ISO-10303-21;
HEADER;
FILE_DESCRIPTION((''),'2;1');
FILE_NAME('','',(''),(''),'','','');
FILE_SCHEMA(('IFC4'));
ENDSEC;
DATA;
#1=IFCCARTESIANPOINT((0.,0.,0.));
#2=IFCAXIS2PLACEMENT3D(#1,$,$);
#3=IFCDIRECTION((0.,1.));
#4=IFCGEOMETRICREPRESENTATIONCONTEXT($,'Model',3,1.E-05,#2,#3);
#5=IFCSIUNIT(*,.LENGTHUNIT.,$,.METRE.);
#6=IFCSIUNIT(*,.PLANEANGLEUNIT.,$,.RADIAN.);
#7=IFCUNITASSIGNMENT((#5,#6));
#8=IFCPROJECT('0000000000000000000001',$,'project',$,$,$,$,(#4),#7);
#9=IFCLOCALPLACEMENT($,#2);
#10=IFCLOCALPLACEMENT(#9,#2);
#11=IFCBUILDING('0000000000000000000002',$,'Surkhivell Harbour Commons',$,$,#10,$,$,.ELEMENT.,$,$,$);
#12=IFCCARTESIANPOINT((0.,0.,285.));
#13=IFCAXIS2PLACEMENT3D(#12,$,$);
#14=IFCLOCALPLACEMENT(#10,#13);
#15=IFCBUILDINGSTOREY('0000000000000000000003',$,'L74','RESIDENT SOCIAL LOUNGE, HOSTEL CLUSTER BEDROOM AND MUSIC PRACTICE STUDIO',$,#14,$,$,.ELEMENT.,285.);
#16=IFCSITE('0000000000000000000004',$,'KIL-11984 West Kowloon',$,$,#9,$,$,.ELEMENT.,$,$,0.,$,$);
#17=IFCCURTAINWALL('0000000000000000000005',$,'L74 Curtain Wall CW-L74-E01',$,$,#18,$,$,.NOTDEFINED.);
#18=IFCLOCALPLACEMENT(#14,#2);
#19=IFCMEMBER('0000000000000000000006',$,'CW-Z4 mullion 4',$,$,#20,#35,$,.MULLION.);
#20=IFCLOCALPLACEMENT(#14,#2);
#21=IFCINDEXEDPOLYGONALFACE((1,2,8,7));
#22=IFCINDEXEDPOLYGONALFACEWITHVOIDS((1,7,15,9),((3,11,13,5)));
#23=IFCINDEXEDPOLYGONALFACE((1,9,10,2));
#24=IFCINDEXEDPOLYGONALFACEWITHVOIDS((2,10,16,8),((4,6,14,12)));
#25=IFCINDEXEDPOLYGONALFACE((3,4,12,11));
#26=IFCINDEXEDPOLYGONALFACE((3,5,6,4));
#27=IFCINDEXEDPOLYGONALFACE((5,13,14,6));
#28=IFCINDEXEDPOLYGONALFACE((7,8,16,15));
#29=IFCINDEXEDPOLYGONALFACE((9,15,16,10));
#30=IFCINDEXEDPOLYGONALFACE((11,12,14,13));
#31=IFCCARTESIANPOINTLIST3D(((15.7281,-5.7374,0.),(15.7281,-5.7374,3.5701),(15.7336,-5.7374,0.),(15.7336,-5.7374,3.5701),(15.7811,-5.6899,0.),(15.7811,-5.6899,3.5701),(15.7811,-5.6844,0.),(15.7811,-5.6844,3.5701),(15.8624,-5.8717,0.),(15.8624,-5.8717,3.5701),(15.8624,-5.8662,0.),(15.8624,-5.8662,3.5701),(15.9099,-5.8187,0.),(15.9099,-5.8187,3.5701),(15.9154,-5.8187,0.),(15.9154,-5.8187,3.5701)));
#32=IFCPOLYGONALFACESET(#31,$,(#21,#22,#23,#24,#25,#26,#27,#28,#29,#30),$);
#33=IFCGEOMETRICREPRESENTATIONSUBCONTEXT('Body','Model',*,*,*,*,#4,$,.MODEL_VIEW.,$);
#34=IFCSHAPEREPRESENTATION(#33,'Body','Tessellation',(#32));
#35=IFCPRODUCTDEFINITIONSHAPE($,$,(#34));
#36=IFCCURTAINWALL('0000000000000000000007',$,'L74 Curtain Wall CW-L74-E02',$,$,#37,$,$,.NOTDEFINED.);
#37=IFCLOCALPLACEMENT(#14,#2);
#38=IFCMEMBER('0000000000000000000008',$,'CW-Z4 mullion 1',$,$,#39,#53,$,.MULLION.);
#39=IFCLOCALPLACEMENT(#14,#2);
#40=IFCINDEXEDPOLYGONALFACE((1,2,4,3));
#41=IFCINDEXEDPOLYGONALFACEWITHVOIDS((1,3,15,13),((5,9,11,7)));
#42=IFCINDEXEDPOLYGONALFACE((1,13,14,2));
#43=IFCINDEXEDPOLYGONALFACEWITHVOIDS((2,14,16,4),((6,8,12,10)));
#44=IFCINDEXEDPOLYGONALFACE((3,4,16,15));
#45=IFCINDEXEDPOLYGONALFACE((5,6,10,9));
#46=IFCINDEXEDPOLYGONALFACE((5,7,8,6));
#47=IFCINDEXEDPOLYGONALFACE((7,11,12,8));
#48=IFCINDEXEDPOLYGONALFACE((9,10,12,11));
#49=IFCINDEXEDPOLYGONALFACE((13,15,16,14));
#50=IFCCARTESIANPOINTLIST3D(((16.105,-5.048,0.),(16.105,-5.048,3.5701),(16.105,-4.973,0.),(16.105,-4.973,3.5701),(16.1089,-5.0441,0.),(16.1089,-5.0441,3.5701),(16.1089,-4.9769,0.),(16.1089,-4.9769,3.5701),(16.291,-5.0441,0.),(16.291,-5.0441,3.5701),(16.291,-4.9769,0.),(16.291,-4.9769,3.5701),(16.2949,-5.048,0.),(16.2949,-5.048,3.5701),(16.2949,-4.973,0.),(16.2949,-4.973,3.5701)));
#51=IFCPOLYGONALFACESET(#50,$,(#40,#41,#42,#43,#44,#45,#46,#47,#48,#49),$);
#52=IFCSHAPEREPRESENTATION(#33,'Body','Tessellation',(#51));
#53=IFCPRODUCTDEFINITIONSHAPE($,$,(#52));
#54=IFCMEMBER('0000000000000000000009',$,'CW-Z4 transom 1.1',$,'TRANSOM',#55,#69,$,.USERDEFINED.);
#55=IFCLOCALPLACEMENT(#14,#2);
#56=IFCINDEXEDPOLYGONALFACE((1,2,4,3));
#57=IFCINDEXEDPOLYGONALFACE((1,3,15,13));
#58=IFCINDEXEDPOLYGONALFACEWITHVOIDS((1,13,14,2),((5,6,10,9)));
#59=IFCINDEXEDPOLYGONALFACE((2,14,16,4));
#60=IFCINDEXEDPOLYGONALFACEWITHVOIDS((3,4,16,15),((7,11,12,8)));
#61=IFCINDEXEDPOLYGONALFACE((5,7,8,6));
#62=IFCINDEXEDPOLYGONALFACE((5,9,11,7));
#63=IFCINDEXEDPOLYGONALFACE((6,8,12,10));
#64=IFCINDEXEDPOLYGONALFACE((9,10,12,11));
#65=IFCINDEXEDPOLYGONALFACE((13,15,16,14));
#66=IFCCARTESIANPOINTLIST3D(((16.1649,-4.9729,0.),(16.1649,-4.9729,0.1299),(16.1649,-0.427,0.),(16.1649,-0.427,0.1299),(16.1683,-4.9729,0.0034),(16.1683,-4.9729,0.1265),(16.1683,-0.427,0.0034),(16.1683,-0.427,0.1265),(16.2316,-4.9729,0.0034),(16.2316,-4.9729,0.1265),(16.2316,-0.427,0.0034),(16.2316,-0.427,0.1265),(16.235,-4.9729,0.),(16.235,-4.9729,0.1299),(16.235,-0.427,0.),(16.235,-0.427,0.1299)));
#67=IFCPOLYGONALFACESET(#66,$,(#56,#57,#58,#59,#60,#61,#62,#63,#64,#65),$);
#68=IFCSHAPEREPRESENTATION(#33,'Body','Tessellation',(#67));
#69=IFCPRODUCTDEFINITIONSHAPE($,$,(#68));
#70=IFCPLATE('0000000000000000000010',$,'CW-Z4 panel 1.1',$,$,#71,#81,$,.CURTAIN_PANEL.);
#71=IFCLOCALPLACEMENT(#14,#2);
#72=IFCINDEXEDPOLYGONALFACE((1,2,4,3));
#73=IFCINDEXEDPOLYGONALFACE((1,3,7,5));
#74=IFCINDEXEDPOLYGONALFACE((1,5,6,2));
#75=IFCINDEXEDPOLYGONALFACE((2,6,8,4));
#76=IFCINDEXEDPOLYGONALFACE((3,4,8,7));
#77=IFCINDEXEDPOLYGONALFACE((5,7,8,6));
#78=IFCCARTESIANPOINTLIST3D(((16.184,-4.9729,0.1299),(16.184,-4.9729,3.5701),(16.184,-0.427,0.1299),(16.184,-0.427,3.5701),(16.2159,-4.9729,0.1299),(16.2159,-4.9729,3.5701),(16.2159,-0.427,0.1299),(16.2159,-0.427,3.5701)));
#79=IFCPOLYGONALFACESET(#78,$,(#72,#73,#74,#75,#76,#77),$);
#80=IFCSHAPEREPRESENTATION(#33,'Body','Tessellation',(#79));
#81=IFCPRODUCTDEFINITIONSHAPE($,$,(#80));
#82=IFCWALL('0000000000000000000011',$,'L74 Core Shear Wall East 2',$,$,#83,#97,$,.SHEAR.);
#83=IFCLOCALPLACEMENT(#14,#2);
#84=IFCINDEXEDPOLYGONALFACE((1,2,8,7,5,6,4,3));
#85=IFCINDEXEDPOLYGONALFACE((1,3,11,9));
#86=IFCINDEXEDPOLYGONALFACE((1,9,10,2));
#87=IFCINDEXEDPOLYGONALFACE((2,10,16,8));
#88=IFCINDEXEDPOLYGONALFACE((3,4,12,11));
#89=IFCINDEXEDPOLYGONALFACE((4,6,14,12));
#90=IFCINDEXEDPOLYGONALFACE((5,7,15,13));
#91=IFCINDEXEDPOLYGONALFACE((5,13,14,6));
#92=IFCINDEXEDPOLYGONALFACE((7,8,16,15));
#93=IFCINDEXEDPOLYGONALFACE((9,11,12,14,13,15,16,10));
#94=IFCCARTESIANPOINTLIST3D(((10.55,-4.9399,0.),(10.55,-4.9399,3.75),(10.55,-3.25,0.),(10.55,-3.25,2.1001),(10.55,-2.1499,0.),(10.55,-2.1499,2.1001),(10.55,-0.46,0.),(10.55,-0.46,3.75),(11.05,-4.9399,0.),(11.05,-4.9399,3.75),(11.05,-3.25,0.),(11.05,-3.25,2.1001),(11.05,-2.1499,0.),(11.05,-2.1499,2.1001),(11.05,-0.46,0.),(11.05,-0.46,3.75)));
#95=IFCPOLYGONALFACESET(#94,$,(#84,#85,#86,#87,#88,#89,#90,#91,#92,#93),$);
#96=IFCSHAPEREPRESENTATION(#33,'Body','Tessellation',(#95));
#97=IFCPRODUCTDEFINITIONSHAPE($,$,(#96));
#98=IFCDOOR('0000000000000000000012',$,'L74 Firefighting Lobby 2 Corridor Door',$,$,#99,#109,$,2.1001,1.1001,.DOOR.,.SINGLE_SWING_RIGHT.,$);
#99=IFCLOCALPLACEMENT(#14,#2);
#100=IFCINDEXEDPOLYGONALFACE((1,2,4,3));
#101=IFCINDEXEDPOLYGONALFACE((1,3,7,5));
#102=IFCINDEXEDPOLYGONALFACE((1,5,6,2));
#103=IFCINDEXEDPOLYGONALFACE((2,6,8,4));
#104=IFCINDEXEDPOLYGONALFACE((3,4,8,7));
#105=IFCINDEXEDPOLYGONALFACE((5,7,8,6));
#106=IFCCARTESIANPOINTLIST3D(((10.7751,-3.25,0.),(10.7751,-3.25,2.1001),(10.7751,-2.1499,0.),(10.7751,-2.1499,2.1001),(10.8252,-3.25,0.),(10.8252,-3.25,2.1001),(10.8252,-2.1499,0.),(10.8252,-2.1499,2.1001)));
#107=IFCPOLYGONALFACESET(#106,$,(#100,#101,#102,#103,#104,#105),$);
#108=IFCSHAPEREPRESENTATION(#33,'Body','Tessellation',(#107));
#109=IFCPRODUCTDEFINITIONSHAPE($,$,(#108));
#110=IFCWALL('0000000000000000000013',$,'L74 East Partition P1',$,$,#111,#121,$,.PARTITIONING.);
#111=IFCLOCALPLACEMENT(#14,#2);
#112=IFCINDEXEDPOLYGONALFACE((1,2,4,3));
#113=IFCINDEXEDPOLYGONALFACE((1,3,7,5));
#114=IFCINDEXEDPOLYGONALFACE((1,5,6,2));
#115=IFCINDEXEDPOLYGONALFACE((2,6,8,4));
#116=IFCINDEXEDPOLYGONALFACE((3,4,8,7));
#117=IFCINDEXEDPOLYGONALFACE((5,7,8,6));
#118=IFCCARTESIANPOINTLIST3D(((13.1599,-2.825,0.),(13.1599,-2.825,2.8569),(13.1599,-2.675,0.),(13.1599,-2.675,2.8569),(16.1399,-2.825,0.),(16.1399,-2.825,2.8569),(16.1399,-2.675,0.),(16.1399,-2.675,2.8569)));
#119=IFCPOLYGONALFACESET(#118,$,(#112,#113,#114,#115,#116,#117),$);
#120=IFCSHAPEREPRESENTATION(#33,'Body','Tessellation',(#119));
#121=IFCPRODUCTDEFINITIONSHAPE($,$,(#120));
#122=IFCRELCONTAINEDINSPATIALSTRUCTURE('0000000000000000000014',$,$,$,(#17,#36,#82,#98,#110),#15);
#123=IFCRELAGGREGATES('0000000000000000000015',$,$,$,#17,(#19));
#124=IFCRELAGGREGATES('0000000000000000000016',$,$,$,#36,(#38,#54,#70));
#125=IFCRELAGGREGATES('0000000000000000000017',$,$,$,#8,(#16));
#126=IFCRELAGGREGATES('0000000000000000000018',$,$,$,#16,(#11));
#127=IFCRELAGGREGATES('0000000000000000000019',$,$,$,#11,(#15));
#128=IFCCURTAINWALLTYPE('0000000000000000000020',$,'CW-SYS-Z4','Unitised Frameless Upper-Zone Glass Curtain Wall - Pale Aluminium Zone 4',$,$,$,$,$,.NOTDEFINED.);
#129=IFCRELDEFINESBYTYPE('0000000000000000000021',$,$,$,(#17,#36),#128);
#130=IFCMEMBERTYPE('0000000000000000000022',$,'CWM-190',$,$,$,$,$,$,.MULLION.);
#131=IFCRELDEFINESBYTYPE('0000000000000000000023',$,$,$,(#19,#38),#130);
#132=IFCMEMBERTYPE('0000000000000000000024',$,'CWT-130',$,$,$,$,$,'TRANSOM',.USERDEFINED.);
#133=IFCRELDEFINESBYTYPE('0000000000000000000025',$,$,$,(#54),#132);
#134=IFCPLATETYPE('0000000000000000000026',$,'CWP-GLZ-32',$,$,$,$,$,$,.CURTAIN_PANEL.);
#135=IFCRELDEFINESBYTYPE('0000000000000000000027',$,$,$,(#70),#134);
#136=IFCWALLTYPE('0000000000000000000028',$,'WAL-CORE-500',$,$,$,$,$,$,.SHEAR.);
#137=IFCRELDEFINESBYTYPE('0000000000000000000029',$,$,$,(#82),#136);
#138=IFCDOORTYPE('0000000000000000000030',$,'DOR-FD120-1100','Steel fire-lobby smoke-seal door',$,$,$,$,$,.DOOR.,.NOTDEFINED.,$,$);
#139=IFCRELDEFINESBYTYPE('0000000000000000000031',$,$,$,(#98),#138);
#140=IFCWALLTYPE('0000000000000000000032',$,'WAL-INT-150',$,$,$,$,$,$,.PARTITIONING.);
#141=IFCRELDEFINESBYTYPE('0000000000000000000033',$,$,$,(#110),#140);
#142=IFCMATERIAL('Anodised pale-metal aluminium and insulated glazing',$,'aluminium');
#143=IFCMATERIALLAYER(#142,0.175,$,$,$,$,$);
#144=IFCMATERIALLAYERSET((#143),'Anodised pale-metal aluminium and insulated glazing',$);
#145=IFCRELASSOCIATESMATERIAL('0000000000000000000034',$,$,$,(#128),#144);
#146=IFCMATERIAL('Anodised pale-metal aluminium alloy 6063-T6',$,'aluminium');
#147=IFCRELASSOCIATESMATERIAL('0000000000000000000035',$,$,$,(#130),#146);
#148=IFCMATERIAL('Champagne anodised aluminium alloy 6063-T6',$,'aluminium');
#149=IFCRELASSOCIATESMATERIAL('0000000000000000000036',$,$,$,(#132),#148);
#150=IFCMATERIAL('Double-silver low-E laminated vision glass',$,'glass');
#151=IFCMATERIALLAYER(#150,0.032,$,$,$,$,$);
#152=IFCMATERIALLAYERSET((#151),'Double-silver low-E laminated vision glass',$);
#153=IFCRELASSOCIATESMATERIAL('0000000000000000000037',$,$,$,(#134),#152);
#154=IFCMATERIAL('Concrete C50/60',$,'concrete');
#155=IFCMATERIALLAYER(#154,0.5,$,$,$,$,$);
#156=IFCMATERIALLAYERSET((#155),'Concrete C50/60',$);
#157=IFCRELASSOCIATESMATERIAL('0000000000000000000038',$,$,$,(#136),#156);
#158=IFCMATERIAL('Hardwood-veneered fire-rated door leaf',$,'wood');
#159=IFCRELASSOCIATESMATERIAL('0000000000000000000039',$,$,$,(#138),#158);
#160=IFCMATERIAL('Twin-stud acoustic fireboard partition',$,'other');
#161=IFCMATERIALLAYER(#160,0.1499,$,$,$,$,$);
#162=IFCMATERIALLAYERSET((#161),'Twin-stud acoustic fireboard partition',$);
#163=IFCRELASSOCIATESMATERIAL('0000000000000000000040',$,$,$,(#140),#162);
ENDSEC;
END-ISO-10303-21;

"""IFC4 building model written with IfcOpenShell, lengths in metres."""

from ifc_helpers import new_model, si_unit, direction, frame, frame_2d, origin, origin_2d, place, context, subcontext, project, spatial, rectangle, hollow_rectangle, extrude, material, layer, layer_set, material_profile, profile_set, type_object, element, fill, aggregate, save


model = new_model("IFC4")

# Units and contexts
model_context = context("Model", 3, precision=1e-05, world=origin(), true_north=direction((0.0, 1.0)))
body_context = subcontext(model_context, "Body", "Model", "MODEL_VIEW")
ifc_project = project(units=[si_unit("LENGTHUNIT", "METRE"), si_unit("PLANEANGLEUNIT", "RADIAN")], contexts=[model_context])

# Site, building, storey
site_placement = place(None, origin())
site = spatial("IfcSite", under=ifc_project, at=site_placement, Name="KIL-11984 West Kowloon", CompositionType="ELEMENT", RefElevation=0.0)
building_placement = place(site_placement, origin())
building = spatial("IfcBuilding", under=site, at=building_placement, Name="Surkhivell Harbour Commons", CompositionType="ELEMENT")
storey_placement = place(building_placement, frame((0.0, 0.0, 285.0)))
storey = spatial("IfcBuildingStorey", under=building, at=storey_placement, Name="L74", Description="RESIDENT SOCIAL LOUNGE, HOSTEL CLUSTER BEDROOM AND MUSIC PRACTICE STUDIO", CompositionType="ELEMENT", Elevation=285.0)

# Shared definitions
ifc_material_1 = material(Name="Concrete C50/60", Category="concrete")

# Curtain wall, member
ifc_material_2 = material(Name="Anodised pale-metal aluminium and insulated glazing", Category="aluminium")
ifc_layer_1 = layer(ifc_material_2, 0.175)
ifc_layer_set_1 = layer_set([ifc_layer_1], Name="Anodised pale-metal aluminium and insulated glazing")
curtain_wall_type = type_object("IfcCurtainWallType", Name="CW-SYS-Z4", Description="Unitised Frameless Upper-Zone Glass Curtain Wall - Pale Aluminium Zone 4", PredefinedType="NOTDEFINED", material=ifc_layer_set_1)
curtain_wall_1_placement = place(storey_placement, origin())
curtain_wall_1 = element("IfcCurtainWall", 1, at=curtain_wall_1_placement, inside=storey, type_object=curtain_wall_type, Name="L74 Curtain Wall CW-L74-E01", PredefinedType="NOTDEFINED")
ifc_material_3 = material(Name="Anodised pale-metal aluminium alloy 6063-T6", Category="aluminium")
ifc_material_profile_1 = material_profile(ifc_material_3, hollow_rectangle(XDim=0.075, YDim=0.1899, WallThickness=0.0039, at=origin_2d()), Name="ALU-MULL-75x190")
ifc_profile_set_1 = profile_set([ifc_material_profile_1], Name="Anodised pale-metal aluminium alloy 6063-T6")
member_type_1 = type_object("IfcMemberType", Name="CWM-190", PredefinedType="MULLION", material=ifc_profile_set_1)
member_1_placement = place(storey_placement, frame((15.8218, -5.7781, 0.0), z_axis=(0.0, 0.0, 1.0), x_axis=(0.707107, 0.707107, 0.0)))
member_1 = element("IfcMember", 2, at=member_1_placement, type_object=member_type_1, Name="CW-Z4 mullion 4", PredefinedType="MULLION", context=body_context, shape_type="SweptSolid", body=[
    extrude(hollow_rectangle(XDim=0.075, YDim=0.1899, WallThickness=0.0039, at=origin_2d()), origin(), (0.0, 0.0, 1.0), 3.5701),
])
aggregate(curtain_wall_1, [member_1])

# Curtain wall, members, plate
curtain_wall_2_placement = place(storey_placement, origin())
curtain_wall_2 = element("IfcCurtainWall", 3, at=curtain_wall_2_placement, inside=storey, type_object=curtain_wall_type, Name="L74 Curtain Wall CW-L74-E02", PredefinedType="NOTDEFINED")
member_2_placement = place(storey_placement, frame((16.2, -5.0105, 0.0), z_axis=(0.0, 0.0, 1.0), x_axis=(0.0, 1.0, 0.0)))
member_2 = element("IfcMember", 4, at=member_2_placement, type_object=member_type_1, Name="CW-Z4 mullion 1", PredefinedType="MULLION", context=body_context, shape_type="SweptSolid", body=[
    extrude(hollow_rectangle(XDim=0.075, YDim=0.1899, WallThickness=0.0039, at=origin_2d()), origin(), (0.0, 0.0, 1.0), 3.5701),
])
ifc_material_4 = material(Name="Champagne anodised aluminium alloy 6063-T6", Category="aluminium")
ifc_material_profile_2 = material_profile(ifc_material_4, hollow_rectangle(XDim=0.0701, YDim=0.1299, WallThickness=0.0034, at=origin_2d()), Name="ALU-TRAN-70x130")
ifc_profile_set_2 = profile_set([ifc_material_profile_2], Name="Champagne anodised aluminium alloy 6063-T6")
member_type_2 = type_object("IfcMemberType", Name="CWT-130", ElementType="TRANSOM", PredefinedType="USERDEFINED", material=ifc_profile_set_2)
member_3_placement = place(storey_placement, frame((16.2, -4.9729, 0.0649), z_axis=(0.0, 1.0, 0.0), x_axis=(-1.0, 0.0, 0.0)))
member_3 = element("IfcMember", 5, at=member_3_placement, type_object=member_type_2, Name="CW-Z4 transom 1.1", ObjectType="TRANSOM", PredefinedType="USERDEFINED", context=body_context, shape_type="SweptSolid", body=[
    extrude(hollow_rectangle(XDim=0.0701, YDim=0.1299, WallThickness=0.0034, at=origin_2d()), origin(), (0.0, 0.0, 1.0), 4.5459),
])
ifc_material_5 = material(Name="Double-silver low-E laminated vision glass", Category="glass")
ifc_layer_2 = layer(ifc_material_5, 0.032)
ifc_layer_set_2 = layer_set([ifc_layer_2], Name="Double-silver low-E laminated vision glass")
plate_type = type_object("IfcPlateType", Name="CWP-GLZ-32", PredefinedType="CURTAIN_PANEL", material=ifc_layer_set_2)
plate_placement = place(storey_placement, frame((16.2, -4.9729, 0.1299), z_axis=(0.0, 0.0, 1.0), x_axis=(0.0, 1.0, 0.0)))
plate = element("IfcPlate", 6, at=plate_placement, type_object=plate_type, Name="CW-Z4 panel 1.1", PredefinedType="CURTAIN_PANEL", context=body_context, shape_type="SweptSolid", body=[
    extrude(rectangle(XDim=4.5459, YDim=0.032, at=frame_2d((2.2729, 0.0))), origin(), (0.0, 0.0, 1.0), 3.4402),
])
aggregate(curtain_wall_2, [member_2, member_3, plate])

# Wall, opening, door
ifc_layer_3 = layer(ifc_material_1, 0.5)
ifc_layer_set_3 = layer_set([ifc_layer_3], Name="Concrete C50/60")
wall_type_1 = type_object("IfcWallType", Name="WAL-CORE-500", PredefinedType="SHEAR", material=ifc_layer_set_3)
wall_1_placement = place(storey_placement, frame((10.8, -4.9399, 0.0), z_axis=(0.0, 0.0, 1.0), x_axis=(0.0, 1.0, 0.0)))
wall_1 = element("IfcWall", 7, at=wall_1_placement, inside=storey, type_object=wall_type_1, Name="L74 Core Shear Wall East 2", PredefinedType="SHEAR", context=body_context, shape_type="SweptSolid", body=[
    extrude(rectangle(XDim=4.48, YDim=0.5, at=frame_2d((2.24, 0.0))), origin(), (0.0, 0.0, 1.0), 3.75),
])
opening_1_placement = place(wall_1_placement, frame((1.6899, 0.0, 0.0)))
opening_1 = element("IfcOpeningElement", 8, at=opening_1_placement, cuts=wall_1, PredefinedType="OPENING", context=body_context, shape_type="SweptSolid", body=[
    extrude(rectangle(XDim=1.1001, YDim=2.1001, at=frame_2d((0.55, 1.05))), frame((0.0, 0.26, 0.0), z_axis=(0.0, -1.0, 0.0), x_axis=(1.0, 0.0, 0.0)), (0.0, 0.0, 1.0), 0.52),
])
ifc_material_6 = material(Name="Hardwood-veneered fire-rated door leaf", Category="wood")
door_type_1 = type_object("IfcDoorType", Name="DOR-FD120-1100", Description="Steel fire-lobby smoke-seal door", OperationType="NOTDEFINED", PredefinedType="DOOR", material=ifc_material_6)
door_1_placement = place(opening_1_placement, origin())
door_1 = element("IfcDoor", 9, at=door_1_placement, inside=storey, type_object=door_type_1, Name="L74 Firefighting Lobby 2 Corridor Door", OperationType="SINGLE_SWING_RIGHT", OverallHeight=2.1001, OverallWidth=1.1001, PredefinedType="DOOR", context=body_context, shape_type="SweptSolid", body=[
    extrude(rectangle(XDim=1.1001, YDim=2.1001, at=frame_2d((0.55, 1.05))), frame((0.0, 0.0249, 0.0), z_axis=(0.0, -1.0, 0.0), x_axis=(1.0, 0.0, 0.0)), (0.0, 0.0, 1.0), 0.05),
])
fill(opening_1, door_1)

# Wall
ifc_material_7 = material(Name="Twin-stud acoustic fireboard partition", Category="other")
ifc_layer_4 = layer(ifc_material_7, 0.1499)
ifc_layer_set_4 = layer_set([ifc_layer_4], Name="Twin-stud acoustic fireboard partition")
wall_type_2 = type_object("IfcWallType", Name="WAL-INT-150", PredefinedType="PARTITIONING", material=ifc_layer_set_4)
wall_2_placement = place(storey_placement, frame((13.1599, -2.75, 0.0), z_axis=(0.0, 0.0, 1.0), x_axis=(1.0, 0.0, 0.0)))
element("IfcWall", 10, at=wall_2_placement, inside=storey, type_object=wall_type_2, Name="L74 East Partition P1", PredefinedType="PARTITIONING", context=body_context, shape_type="SweptSolid", body=[
    extrude(rectangle(XDim=2.98, YDim=0.1499, at=frame_2d((1.49, 0.0))), origin(), (0.0, 0.0, 1.0), 2.8569),
])

save(model, "model.ifc")
